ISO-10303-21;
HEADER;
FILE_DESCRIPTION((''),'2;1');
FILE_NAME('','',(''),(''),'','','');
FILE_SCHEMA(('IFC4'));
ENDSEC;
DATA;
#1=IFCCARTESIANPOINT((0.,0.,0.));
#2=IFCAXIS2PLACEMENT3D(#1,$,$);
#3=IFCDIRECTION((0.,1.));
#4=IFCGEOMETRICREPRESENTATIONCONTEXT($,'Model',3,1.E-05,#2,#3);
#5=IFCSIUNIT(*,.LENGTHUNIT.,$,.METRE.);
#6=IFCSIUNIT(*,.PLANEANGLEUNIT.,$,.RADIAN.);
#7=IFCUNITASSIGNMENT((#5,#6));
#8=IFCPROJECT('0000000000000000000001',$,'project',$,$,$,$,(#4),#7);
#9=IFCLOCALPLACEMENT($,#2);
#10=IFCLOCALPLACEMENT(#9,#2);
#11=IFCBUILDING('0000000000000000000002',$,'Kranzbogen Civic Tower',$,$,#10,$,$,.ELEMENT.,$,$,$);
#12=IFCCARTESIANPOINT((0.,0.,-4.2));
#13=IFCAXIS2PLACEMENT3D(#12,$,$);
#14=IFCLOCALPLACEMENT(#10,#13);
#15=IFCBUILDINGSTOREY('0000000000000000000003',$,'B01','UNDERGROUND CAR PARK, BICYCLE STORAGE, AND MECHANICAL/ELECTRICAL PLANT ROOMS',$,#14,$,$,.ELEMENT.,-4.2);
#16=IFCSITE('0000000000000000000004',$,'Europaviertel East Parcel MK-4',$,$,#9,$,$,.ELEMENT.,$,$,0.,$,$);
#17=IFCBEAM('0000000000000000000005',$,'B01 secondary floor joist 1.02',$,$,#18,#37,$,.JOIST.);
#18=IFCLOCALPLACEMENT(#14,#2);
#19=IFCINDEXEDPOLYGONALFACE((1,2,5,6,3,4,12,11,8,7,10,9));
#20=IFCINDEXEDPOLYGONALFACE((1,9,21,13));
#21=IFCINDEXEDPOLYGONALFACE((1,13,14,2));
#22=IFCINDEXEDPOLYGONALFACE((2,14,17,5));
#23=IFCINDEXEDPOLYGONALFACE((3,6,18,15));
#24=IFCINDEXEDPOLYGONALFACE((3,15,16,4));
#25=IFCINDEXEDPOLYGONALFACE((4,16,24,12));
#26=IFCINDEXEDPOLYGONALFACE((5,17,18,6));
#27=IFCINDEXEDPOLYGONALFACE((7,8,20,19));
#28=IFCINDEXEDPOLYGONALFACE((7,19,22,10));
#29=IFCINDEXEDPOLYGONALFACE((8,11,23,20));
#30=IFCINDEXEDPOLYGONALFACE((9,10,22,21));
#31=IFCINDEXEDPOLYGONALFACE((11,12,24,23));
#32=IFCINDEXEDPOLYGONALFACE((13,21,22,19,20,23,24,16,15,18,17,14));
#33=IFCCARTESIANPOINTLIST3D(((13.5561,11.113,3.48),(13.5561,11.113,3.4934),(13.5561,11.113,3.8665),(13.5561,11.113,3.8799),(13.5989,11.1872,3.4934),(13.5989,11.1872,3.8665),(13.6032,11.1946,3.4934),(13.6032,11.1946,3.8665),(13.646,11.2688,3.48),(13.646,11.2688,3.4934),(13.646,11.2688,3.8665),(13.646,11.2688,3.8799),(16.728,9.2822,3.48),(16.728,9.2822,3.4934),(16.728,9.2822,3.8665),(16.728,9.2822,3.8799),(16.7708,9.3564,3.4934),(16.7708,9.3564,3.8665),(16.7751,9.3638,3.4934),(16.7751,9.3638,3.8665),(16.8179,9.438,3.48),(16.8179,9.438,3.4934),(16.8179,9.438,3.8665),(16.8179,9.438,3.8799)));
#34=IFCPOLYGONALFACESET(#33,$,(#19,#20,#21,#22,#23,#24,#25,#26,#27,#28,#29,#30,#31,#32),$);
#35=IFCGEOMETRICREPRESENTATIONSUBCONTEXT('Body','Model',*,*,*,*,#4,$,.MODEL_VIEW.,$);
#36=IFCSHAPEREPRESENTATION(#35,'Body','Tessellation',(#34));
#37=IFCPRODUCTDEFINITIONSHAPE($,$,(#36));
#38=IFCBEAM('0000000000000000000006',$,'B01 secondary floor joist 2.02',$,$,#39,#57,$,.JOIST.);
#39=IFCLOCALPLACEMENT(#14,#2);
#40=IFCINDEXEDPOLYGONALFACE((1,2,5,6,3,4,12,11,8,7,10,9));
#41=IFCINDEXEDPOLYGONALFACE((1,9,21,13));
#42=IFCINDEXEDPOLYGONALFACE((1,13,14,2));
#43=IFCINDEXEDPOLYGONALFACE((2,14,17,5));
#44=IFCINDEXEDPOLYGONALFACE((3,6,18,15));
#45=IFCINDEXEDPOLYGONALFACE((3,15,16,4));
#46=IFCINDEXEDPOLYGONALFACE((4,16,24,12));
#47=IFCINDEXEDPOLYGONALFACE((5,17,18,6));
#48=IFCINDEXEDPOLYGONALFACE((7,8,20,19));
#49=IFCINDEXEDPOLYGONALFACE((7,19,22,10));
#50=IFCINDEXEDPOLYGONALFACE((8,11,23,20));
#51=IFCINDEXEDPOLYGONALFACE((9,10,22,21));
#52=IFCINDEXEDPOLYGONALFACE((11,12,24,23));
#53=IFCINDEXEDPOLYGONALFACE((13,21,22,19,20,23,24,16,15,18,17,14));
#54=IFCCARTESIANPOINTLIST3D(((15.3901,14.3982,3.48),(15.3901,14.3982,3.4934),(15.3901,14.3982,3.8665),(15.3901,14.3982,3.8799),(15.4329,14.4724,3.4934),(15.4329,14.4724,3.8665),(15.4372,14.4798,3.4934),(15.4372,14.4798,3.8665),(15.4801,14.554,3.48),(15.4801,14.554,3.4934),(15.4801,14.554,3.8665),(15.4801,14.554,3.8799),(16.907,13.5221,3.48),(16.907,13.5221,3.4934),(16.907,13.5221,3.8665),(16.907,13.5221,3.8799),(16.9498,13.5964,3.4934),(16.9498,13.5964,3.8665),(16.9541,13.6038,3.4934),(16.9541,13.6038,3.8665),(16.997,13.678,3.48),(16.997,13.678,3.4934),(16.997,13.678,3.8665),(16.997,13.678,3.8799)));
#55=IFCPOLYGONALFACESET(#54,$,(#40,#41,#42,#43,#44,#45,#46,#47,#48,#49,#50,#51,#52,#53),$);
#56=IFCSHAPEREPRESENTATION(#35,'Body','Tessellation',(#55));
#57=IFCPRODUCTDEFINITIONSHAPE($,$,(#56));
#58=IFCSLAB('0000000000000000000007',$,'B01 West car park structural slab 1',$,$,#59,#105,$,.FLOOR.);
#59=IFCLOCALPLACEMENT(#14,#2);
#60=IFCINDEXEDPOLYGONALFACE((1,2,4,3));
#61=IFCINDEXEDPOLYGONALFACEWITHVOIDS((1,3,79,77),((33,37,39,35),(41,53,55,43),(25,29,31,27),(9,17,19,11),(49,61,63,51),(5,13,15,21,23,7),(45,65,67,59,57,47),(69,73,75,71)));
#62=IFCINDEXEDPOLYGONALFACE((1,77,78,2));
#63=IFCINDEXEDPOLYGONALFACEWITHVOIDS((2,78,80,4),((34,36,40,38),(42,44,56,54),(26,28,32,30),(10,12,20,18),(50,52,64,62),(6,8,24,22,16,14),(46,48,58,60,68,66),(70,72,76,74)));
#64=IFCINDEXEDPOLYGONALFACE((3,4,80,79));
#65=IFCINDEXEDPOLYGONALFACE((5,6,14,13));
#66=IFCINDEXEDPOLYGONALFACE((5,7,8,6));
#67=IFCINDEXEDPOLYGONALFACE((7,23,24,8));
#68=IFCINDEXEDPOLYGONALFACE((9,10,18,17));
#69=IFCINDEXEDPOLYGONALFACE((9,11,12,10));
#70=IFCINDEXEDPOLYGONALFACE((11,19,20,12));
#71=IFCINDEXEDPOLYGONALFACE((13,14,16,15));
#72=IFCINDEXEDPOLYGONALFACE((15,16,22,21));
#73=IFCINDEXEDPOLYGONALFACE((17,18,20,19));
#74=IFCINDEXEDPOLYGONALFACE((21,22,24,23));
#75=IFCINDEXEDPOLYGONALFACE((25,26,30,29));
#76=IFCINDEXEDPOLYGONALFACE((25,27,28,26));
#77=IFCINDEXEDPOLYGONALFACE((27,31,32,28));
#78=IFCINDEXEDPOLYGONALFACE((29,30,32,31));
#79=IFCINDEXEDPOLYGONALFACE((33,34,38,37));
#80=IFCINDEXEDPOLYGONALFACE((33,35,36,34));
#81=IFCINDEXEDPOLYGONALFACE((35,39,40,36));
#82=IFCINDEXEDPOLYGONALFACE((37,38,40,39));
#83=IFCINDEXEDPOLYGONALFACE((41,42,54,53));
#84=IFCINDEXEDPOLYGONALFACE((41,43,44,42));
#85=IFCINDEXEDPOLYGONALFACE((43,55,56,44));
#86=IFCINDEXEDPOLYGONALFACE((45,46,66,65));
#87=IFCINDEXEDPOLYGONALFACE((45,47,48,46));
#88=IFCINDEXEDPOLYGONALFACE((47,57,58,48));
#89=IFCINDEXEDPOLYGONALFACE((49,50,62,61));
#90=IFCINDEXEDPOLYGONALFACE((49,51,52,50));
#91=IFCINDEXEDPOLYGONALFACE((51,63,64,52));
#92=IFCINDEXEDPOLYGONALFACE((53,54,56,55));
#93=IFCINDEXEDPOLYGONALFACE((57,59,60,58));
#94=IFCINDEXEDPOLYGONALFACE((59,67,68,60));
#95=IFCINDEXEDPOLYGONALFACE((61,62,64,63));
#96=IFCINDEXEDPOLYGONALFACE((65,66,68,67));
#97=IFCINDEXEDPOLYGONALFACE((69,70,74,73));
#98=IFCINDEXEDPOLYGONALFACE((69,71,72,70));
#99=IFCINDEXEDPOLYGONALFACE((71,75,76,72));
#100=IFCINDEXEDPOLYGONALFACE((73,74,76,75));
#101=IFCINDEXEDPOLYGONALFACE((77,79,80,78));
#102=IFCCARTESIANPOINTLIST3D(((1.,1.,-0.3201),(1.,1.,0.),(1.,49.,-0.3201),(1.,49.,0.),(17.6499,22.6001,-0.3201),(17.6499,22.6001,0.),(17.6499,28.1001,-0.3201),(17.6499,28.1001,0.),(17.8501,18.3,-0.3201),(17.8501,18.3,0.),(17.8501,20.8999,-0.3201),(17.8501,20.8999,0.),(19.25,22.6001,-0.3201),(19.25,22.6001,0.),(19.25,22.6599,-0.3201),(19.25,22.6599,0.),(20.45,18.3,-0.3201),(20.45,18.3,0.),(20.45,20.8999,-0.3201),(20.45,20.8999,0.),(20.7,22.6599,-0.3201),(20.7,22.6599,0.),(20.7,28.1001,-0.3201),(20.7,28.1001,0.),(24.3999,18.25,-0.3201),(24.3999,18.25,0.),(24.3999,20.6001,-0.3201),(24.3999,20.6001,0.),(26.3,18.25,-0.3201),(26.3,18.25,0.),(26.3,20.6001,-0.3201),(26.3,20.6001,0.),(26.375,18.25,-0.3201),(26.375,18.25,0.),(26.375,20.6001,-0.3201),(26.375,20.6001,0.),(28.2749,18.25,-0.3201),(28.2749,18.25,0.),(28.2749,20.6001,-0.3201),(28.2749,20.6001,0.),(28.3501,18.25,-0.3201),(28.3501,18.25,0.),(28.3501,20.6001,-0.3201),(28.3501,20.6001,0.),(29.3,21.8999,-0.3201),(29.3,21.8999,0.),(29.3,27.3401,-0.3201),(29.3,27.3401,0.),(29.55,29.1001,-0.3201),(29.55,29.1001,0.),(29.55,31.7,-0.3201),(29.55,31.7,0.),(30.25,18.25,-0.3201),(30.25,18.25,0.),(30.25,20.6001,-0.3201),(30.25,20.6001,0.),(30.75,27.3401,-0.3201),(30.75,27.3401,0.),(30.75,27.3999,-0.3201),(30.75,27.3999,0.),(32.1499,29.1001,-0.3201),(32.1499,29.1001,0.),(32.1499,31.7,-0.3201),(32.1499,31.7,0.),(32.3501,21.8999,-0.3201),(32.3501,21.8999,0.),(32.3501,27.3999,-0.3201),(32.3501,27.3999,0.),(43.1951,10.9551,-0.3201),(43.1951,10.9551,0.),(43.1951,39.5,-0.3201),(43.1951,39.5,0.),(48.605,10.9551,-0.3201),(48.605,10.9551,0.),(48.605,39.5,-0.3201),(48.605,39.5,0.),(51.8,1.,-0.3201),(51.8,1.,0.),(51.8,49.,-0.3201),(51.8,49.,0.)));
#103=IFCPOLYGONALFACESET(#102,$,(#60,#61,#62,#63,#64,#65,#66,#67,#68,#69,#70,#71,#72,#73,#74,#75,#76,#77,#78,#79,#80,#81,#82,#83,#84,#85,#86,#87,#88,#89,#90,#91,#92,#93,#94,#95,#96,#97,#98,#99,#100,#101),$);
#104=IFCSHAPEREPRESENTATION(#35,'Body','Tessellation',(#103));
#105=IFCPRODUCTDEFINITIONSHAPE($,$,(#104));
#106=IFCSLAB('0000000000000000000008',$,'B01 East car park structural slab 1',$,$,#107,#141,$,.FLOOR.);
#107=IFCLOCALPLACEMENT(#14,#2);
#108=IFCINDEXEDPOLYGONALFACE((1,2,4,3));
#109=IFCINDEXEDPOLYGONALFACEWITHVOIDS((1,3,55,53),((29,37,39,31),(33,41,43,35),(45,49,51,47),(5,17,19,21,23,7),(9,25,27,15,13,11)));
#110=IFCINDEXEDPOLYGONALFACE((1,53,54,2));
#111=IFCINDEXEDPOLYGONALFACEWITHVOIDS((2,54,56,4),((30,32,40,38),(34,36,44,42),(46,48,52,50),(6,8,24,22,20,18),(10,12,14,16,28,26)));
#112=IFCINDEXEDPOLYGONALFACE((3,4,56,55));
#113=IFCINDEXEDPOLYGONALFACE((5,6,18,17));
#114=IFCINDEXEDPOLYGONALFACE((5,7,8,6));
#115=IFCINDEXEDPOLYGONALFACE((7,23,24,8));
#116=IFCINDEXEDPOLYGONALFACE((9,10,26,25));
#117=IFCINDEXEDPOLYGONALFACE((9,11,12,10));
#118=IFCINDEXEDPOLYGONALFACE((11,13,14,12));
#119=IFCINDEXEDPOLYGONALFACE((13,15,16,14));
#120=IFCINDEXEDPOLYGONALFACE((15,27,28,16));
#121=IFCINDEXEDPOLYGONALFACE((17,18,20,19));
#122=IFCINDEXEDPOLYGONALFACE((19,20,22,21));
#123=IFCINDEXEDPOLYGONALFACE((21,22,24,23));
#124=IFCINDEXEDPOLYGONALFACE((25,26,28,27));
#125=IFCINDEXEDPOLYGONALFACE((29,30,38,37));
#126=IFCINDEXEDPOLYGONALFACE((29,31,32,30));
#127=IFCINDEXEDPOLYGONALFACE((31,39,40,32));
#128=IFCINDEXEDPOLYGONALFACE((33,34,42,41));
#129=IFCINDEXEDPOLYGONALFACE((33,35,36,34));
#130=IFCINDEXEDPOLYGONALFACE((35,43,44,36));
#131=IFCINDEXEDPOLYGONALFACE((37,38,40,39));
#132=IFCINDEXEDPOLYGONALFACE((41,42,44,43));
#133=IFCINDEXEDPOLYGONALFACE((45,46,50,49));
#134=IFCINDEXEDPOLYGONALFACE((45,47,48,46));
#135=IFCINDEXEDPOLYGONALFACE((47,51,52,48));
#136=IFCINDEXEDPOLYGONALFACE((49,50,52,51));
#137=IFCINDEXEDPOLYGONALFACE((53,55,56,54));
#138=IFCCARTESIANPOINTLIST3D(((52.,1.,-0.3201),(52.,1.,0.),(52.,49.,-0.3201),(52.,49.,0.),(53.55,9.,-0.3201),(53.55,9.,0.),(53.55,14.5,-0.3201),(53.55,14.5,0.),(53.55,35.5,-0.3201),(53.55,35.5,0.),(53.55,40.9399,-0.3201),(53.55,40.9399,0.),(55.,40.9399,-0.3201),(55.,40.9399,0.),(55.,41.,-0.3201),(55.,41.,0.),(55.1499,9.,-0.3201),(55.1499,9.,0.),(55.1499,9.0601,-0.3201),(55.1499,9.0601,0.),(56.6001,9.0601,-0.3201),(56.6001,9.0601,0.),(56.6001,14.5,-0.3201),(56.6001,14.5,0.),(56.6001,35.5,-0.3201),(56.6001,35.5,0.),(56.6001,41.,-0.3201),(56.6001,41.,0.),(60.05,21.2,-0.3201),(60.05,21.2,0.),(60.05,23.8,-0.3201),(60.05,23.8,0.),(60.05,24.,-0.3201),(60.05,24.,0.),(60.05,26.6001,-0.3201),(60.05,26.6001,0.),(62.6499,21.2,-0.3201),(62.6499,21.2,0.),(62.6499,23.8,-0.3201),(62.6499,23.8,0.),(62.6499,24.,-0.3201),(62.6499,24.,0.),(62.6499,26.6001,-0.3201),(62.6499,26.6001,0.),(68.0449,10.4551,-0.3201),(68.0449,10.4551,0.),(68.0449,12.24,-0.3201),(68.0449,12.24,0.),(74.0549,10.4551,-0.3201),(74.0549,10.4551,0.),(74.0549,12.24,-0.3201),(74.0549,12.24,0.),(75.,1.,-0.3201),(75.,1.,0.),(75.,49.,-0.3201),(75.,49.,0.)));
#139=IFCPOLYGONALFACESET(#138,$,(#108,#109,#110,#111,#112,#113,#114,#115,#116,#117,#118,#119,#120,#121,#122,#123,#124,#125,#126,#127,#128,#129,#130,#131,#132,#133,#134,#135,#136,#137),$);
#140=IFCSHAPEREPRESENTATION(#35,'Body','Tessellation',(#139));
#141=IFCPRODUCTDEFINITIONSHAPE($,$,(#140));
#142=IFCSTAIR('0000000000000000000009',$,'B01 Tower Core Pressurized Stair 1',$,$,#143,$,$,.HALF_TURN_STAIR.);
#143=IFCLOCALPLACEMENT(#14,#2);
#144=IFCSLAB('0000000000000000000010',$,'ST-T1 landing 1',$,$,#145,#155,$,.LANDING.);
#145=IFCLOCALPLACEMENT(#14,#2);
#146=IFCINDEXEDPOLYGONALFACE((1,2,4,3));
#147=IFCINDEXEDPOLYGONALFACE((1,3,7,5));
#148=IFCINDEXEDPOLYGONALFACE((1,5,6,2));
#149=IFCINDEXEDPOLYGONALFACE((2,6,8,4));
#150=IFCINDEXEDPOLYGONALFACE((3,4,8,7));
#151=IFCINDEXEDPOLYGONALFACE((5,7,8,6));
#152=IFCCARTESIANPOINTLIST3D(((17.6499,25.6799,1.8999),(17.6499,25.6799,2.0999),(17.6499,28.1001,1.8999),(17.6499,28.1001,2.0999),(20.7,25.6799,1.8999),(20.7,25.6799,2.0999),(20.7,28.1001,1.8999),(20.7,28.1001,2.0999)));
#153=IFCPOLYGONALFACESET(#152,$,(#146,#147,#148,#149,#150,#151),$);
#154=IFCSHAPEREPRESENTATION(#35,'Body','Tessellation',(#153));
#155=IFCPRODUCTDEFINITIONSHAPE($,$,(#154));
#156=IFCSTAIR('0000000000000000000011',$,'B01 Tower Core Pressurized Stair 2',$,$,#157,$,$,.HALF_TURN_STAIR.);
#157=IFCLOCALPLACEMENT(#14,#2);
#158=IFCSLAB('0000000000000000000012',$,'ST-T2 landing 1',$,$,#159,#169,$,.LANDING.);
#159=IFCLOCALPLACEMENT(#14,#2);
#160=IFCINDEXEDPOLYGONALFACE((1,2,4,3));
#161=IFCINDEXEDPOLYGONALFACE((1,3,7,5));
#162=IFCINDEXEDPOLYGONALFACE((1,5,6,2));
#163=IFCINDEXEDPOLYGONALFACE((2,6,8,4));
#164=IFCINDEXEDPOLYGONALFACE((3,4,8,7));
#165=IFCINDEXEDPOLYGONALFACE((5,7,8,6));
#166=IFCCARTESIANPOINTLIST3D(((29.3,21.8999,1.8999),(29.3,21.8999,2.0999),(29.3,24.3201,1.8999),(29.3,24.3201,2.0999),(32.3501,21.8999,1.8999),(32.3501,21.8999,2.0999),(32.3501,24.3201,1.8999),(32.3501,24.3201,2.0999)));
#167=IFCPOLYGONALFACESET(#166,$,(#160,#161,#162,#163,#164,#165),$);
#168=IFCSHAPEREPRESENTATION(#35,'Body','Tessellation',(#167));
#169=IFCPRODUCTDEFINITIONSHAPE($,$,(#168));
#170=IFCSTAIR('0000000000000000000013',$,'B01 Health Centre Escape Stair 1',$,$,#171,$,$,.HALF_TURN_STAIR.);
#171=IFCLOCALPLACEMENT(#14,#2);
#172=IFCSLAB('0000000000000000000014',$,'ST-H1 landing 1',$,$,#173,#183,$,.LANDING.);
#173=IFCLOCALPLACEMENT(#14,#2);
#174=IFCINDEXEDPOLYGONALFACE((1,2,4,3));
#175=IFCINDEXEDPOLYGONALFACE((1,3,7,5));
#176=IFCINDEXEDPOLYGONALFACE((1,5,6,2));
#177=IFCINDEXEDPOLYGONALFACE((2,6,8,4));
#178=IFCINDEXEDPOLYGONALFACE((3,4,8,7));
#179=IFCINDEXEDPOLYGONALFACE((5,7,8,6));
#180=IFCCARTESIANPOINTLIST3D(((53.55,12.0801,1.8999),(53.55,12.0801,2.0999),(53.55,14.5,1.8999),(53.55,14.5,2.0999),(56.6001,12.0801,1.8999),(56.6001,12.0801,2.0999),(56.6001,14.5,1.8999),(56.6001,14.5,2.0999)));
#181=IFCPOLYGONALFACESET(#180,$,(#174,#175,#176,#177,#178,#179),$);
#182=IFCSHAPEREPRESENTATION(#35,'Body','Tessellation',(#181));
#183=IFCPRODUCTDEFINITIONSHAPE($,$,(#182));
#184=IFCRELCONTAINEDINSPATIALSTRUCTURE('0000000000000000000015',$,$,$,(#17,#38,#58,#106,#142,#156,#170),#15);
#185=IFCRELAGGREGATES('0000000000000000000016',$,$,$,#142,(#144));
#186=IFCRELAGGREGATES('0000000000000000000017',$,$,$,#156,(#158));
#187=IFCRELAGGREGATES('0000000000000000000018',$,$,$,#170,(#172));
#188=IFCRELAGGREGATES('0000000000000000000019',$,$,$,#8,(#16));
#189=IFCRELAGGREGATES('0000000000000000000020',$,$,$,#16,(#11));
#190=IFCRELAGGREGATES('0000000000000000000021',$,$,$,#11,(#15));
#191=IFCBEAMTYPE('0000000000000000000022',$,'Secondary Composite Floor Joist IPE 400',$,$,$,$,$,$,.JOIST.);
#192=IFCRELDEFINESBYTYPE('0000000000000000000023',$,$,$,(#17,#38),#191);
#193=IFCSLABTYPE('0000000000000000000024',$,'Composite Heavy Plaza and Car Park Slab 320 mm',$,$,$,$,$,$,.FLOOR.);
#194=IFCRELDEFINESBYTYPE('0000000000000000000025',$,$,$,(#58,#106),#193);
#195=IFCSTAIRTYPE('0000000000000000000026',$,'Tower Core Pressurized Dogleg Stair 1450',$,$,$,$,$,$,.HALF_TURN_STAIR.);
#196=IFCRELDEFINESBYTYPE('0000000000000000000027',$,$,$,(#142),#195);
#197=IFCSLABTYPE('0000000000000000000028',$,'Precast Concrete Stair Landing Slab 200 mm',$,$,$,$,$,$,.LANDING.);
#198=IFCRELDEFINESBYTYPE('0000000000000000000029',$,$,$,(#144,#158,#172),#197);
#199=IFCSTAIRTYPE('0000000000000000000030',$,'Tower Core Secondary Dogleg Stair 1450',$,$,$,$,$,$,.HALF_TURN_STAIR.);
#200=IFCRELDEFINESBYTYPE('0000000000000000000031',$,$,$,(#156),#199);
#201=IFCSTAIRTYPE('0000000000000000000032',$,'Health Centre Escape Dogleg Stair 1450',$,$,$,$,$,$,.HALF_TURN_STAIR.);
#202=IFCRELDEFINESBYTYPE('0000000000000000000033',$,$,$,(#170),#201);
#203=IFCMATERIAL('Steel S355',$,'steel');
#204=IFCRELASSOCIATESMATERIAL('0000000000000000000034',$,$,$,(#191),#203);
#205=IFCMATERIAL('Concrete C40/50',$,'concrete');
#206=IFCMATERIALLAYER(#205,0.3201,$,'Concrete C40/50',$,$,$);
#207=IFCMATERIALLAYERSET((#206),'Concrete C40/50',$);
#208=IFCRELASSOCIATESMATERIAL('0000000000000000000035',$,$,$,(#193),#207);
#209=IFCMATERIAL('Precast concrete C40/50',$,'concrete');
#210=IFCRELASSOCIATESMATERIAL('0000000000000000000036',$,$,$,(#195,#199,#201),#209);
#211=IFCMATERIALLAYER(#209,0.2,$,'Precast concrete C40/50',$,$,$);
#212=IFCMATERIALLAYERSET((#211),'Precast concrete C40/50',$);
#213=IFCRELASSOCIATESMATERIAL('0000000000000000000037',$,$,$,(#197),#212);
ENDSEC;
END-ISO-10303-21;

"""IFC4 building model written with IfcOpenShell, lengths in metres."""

from ifc_helpers import new_model, si_unit, direction, frame, origin, origin_2d, place, context, subcontext, project, spatial, polyline, i_section, outline, extrude, material, layer, layer_set, material_profile, profile_set, type_object, element, aggregate, save


model = new_model("IFC4")

# Units and contexts
model_context = context("Model", 3, precision=1e-05, world=origin(), true_north=direction((0.0, 1.0)))
body_context = subcontext(model_context, "Body", "Model", "MODEL_VIEW")
ifc_project = project(units=[si_unit("LENGTHUNIT", "METRE"), si_unit("PLANEANGLEUNIT", "RADIAN")], contexts=[model_context])

# Site, building, storey
site_placement = place(None, origin())
site = spatial("IfcSite", under=ifc_project, at=site_placement, Name="Europaviertel East Parcel MK-4", CompositionType="ELEMENT", RefElevation=0.0)
building_placement = place(site_placement, origin())
building = spatial("IfcBuilding", under=site, at=building_placement, Name="Kranzbogen Civic Tower", CompositionType="ELEMENT")
storey_placement = place(building_placement, frame((0.0, 0.0, -4.2)))
storey = spatial("IfcBuildingStorey", under=building, at=storey_placement, Name="B01", Description="UNDERGROUND CAR PARK, BICYCLE STORAGE, AND MECHANICAL/ELECTRICAL PLANT ROOMS", CompositionType="ELEMENT", Elevation=-4.2)

# Beams
ifc_material_1 = material(Name="Concrete C40/50", Category="concrete")
ifc_material_2 = material(Name="Steel S355", Category="steel")
ifc_material_profile_1 = material_profile(ifc_material_2, i_section(OverallWidth=0.1799, OverallDepth=0.3999, WebThickness=0.0085, FlangeThickness=0.0134, at=origin_2d()), Name="IPE 400")
ifc_profile_set_1 = profile_set([ifc_material_profile_1], Name="Steel S355")
beam_type_1 = type_object("IfcBeamType", Name="Secondary Composite Floor Joist IPE 400", PredefinedType="JOIST", material=ifc_profile_set_1)
beam_1_placement = place(storey_placement, frame((13.6011, 11.1909, 3.6799), z_axis=(0.866081, -0.499903, 0.0), x_axis=(0.499903, 0.866081, 0.0)))
element("IfcBeam", 1, at=beam_1_placement, inside=storey, type_object=beam_type_1, Name="B01 secondary floor joist 1.02", PredefinedType="JOIST", context=body_context, shape_type="SweptSolid", body=[
    extrude(i_section(OverallWidth=0.1799, OverallDepth=0.3999, WebThickness=0.0085, FlangeThickness=0.0134, at=origin_2d()), origin(), (0.0, 0.0, 1.0), 3.6624),
])
beam_2_placement = place(storey_placement, frame((15.4351, 14.4761, 3.6799), z_axis=(0.86597, -0.500096, 0.0), x_axis=(0.500096, 0.86597, 0.0)))
element("IfcBeam", 2, at=beam_2_placement, inside=storey, type_object=beam_type_1, Name="B01 secondary floor joist 2.02", PredefinedType="JOIST", context=body_context, shape_type="SweptSolid", body=[
    extrude(i_section(OverallWidth=0.1799, OverallDepth=0.3999, WebThickness=0.0085, FlangeThickness=0.0134, at=origin_2d()), origin(), (0.0, 0.0, 1.0), 1.7517),
])

# Slabs
ifc_layer_1 = layer(ifc_material_1, 0.3201, Name="Concrete C40/50")
ifc_layer_set_1 = layer_set([ifc_layer_1], Name="Concrete C40/50")
slab_type_1 = type_object("IfcSlabType", Name="Composite Heavy Plaza and Car Park Slab 320 mm", PredefinedType="FLOOR", material=ifc_layer_set_1)
slab_1_placement = place(storey_placement, frame((0.0, 0.0, -0.3201)))
element("IfcSlab", 3, at=slab_1_placement, inside=storey, type_object=slab_type_1, Name="B01 West car park structural slab 1", PredefinedType="FLOOR", context=body_context, shape_type="SweptSolid", body=[
    extrude(outline(polyline([(51.8, 1.0), (51.8, 49.0), (1.0, 49.0), (1.0, 1.0), (51.8, 1.0)]), holes=[polyline([(26.3, 20.6001), (26.3, 18.25), (24.3999, 18.25), (24.3999, 20.6001), (26.3, 20.6001)]), polyline([(28.2749, 18.25), (26.375, 18.25), (26.375, 20.6001), (28.2749, 20.6001), (28.2749, 18.25)]), polyline([(30.25, 18.25), (28.3501, 18.25), (28.3501, 20.6001), (30.25, 20.6001), (30.25, 18.25)]), polyline([(20.45, 20.8999), (20.45, 18.3), (17.8501, 18.3), (17.8501, 20.8999), (20.45, 20.8999)]), polyline([(30.75, 27.3401), (30.75, 27.3999), (32.3501, 27.3999), (32.3501, 21.8999), (29.3, 21.8999), (29.3, 27.3401), (30.75, 27.3401)]), polyline([(19.25, 22.6599), (19.25, 22.6001), (17.6499, 22.6001), (17.6499, 28.1001), (20.7, 28.1001), (20.7, 22.6599), (19.25, 22.6599)]), polyline([(48.605, 10.9551), (43.1951, 10.9551), (43.1951, 39.5), (48.605, 39.5), (48.605, 10.9551)]), polyline([(32.1499, 29.1001), (29.55, 29.1001), (29.55, 31.7), (32.1499, 31.7), (32.1499, 29.1001)])]), origin(), (0.0, 0.0, 1.0), 0.3201),
])
slab_2_placement = place(storey_placement, frame((0.0, 0.0, -0.3201)))
element("IfcSlab", 4, at=slab_2_placement, inside=storey, type_object=slab_type_1, Name="B01 East car park structural slab 1", PredefinedType="FLOOR", context=body_context, shape_type="SweptSolid", body=[
    extrude(outline(polyline([(75.0, 1.0), (75.0, 49.0), (52.0, 49.0), (52.0, 1.0), (75.0, 1.0)]), holes=[polyline([(74.0549, 12.24), (74.0549, 10.4551), (68.0449, 10.4551), (68.0449, 12.24), (74.0549, 12.24)]), polyline([(55.1499, 9.0601), (55.1499, 9.0), (53.55, 9.0), (53.55, 14.5), (56.6001, 14.5), (56.6001, 9.0601), (55.1499, 9.0601)]), polyline([(62.6499, 21.2), (60.05, 21.2), (60.05, 23.8), (62.6499, 23.8), (62.6499, 21.2)]), polyline([(62.6499, 26.6001), (62.6499, 24.0), (60.05, 24.0), (60.05, 26.6001), (62.6499, 26.6001)]), polyline([(55.0, 40.9399), (55.0, 41.0), (56.6001, 41.0), (56.6001, 35.5), (53.55, 35.5), (53.55, 40.9399), (55.0, 40.9399)])]), origin(), (0.0, 0.0, 1.0), 0.3201),
])

# Stairs, slabs
ifc_material_3 = material(Name="Precast concrete C40/50", Category="concrete")
stair_type_1 = type_object("IfcStairType", Name="Tower Core Pressurized Dogleg Stair 1450", PredefinedType="HALF_TURN_STAIR", material=ifc_material_3)
stair_1_placement = place(storey_placement, origin())
stair_1 = element("IfcStair", 5, at=stair_1_placement, inside=storey, type_object=stair_type_1, Name="B01 Tower Core Pressurized Stair 1", PredefinedType="HALF_TURN_STAIR")
ifc_layer_2 = layer(ifc_material_3, 0.2, Name="Precast concrete C40/50")
ifc_layer_set_2 = layer_set([ifc_layer_2], Name="Precast concrete C40/50")
slab_type_2 = type_object("IfcSlabType", Name="Precast Concrete Stair Landing Slab 200 mm", PredefinedType="LANDING", material=ifc_layer_set_2)
slab_3_placement = place(storey_placement, frame((0.0, 0.0, 1.8999)))
slab_3 = element("IfcSlab", 6, at=slab_3_placement, type_object=slab_type_2, Name="ST-T1 landing 1", PredefinedType="LANDING", context=body_context, shape_type="SweptSolid", body=[
    extrude(outline(polyline([(20.7, 25.6799), (20.7, 28.1001), (17.6499, 28.1001), (17.6499, 25.6799), (20.7, 25.6799)])), origin(), (0.0, 0.0, 1.0), 0.2),
])
aggregate(stair_1, [slab_3])
stair_type_2 = type_object("IfcStairType", Name="Tower Core Secondary Dogleg Stair 1450", PredefinedType="HALF_TURN_STAIR", material=ifc_material_3)
stair_2_placement = place(storey_placement, origin())
stair_2 = element("IfcStair", 7, at=stair_2_placement, inside=storey, type_object=stair_type_2, Name="B01 Tower Core Pressurized Stair 2", PredefinedType="HALF_TURN_STAIR")
slab_4_placement = place(storey_placement, frame((0.0, 0.0, 1.8999)))
slab_4 = element("IfcSlab", 8, at=slab_4_placement, type_object=slab_type_2, Name="ST-T2 landing 1", PredefinedType="LANDING", context=body_context, shape_type="SweptSolid", body=[
    extrude(outline(polyline([(29.3, 24.3201), (29.3, 21.8999), (32.3501, 21.8999), (32.3501, 24.3201), (29.3, 24.3201)])), origin(), (0.0, 0.0, 1.0), 0.2),
])
aggregate(stair_2, [slab_4])
stair_type_3 = type_object("IfcStairType", Name="Health Centre Escape Dogleg Stair 1450", PredefinedType="HALF_TURN_STAIR", material=ifc_material_3)
stair_3_placement = place(storey_placement, origin())
stair_3 = element("IfcStair", 9, at=stair_3_placement, inside=storey, type_object=stair_type_3, Name="B01 Health Centre Escape Stair 1", PredefinedType="HALF_TURN_STAIR")
slab_5_placement = place(storey_placement, frame((0.0, 0.0, 1.8999)))
slab_5 = element("IfcSlab", 10, at=slab_5_placement, type_object=slab_type_2, Name="ST-H1 landing 1", PredefinedType="LANDING", context=body_context, shape_type="SweptSolid", body=[
    extrude(outline(polyline([(56.6001, 12.0801), (56.6001, 14.5), (53.55, 14.5), (53.55, 12.0801), (56.6001, 12.0801)])), origin(), (0.0, 0.0, 1.0), 0.2),
])
aggregate(stair_3, [slab_5])

save(model, "model.ifc")
